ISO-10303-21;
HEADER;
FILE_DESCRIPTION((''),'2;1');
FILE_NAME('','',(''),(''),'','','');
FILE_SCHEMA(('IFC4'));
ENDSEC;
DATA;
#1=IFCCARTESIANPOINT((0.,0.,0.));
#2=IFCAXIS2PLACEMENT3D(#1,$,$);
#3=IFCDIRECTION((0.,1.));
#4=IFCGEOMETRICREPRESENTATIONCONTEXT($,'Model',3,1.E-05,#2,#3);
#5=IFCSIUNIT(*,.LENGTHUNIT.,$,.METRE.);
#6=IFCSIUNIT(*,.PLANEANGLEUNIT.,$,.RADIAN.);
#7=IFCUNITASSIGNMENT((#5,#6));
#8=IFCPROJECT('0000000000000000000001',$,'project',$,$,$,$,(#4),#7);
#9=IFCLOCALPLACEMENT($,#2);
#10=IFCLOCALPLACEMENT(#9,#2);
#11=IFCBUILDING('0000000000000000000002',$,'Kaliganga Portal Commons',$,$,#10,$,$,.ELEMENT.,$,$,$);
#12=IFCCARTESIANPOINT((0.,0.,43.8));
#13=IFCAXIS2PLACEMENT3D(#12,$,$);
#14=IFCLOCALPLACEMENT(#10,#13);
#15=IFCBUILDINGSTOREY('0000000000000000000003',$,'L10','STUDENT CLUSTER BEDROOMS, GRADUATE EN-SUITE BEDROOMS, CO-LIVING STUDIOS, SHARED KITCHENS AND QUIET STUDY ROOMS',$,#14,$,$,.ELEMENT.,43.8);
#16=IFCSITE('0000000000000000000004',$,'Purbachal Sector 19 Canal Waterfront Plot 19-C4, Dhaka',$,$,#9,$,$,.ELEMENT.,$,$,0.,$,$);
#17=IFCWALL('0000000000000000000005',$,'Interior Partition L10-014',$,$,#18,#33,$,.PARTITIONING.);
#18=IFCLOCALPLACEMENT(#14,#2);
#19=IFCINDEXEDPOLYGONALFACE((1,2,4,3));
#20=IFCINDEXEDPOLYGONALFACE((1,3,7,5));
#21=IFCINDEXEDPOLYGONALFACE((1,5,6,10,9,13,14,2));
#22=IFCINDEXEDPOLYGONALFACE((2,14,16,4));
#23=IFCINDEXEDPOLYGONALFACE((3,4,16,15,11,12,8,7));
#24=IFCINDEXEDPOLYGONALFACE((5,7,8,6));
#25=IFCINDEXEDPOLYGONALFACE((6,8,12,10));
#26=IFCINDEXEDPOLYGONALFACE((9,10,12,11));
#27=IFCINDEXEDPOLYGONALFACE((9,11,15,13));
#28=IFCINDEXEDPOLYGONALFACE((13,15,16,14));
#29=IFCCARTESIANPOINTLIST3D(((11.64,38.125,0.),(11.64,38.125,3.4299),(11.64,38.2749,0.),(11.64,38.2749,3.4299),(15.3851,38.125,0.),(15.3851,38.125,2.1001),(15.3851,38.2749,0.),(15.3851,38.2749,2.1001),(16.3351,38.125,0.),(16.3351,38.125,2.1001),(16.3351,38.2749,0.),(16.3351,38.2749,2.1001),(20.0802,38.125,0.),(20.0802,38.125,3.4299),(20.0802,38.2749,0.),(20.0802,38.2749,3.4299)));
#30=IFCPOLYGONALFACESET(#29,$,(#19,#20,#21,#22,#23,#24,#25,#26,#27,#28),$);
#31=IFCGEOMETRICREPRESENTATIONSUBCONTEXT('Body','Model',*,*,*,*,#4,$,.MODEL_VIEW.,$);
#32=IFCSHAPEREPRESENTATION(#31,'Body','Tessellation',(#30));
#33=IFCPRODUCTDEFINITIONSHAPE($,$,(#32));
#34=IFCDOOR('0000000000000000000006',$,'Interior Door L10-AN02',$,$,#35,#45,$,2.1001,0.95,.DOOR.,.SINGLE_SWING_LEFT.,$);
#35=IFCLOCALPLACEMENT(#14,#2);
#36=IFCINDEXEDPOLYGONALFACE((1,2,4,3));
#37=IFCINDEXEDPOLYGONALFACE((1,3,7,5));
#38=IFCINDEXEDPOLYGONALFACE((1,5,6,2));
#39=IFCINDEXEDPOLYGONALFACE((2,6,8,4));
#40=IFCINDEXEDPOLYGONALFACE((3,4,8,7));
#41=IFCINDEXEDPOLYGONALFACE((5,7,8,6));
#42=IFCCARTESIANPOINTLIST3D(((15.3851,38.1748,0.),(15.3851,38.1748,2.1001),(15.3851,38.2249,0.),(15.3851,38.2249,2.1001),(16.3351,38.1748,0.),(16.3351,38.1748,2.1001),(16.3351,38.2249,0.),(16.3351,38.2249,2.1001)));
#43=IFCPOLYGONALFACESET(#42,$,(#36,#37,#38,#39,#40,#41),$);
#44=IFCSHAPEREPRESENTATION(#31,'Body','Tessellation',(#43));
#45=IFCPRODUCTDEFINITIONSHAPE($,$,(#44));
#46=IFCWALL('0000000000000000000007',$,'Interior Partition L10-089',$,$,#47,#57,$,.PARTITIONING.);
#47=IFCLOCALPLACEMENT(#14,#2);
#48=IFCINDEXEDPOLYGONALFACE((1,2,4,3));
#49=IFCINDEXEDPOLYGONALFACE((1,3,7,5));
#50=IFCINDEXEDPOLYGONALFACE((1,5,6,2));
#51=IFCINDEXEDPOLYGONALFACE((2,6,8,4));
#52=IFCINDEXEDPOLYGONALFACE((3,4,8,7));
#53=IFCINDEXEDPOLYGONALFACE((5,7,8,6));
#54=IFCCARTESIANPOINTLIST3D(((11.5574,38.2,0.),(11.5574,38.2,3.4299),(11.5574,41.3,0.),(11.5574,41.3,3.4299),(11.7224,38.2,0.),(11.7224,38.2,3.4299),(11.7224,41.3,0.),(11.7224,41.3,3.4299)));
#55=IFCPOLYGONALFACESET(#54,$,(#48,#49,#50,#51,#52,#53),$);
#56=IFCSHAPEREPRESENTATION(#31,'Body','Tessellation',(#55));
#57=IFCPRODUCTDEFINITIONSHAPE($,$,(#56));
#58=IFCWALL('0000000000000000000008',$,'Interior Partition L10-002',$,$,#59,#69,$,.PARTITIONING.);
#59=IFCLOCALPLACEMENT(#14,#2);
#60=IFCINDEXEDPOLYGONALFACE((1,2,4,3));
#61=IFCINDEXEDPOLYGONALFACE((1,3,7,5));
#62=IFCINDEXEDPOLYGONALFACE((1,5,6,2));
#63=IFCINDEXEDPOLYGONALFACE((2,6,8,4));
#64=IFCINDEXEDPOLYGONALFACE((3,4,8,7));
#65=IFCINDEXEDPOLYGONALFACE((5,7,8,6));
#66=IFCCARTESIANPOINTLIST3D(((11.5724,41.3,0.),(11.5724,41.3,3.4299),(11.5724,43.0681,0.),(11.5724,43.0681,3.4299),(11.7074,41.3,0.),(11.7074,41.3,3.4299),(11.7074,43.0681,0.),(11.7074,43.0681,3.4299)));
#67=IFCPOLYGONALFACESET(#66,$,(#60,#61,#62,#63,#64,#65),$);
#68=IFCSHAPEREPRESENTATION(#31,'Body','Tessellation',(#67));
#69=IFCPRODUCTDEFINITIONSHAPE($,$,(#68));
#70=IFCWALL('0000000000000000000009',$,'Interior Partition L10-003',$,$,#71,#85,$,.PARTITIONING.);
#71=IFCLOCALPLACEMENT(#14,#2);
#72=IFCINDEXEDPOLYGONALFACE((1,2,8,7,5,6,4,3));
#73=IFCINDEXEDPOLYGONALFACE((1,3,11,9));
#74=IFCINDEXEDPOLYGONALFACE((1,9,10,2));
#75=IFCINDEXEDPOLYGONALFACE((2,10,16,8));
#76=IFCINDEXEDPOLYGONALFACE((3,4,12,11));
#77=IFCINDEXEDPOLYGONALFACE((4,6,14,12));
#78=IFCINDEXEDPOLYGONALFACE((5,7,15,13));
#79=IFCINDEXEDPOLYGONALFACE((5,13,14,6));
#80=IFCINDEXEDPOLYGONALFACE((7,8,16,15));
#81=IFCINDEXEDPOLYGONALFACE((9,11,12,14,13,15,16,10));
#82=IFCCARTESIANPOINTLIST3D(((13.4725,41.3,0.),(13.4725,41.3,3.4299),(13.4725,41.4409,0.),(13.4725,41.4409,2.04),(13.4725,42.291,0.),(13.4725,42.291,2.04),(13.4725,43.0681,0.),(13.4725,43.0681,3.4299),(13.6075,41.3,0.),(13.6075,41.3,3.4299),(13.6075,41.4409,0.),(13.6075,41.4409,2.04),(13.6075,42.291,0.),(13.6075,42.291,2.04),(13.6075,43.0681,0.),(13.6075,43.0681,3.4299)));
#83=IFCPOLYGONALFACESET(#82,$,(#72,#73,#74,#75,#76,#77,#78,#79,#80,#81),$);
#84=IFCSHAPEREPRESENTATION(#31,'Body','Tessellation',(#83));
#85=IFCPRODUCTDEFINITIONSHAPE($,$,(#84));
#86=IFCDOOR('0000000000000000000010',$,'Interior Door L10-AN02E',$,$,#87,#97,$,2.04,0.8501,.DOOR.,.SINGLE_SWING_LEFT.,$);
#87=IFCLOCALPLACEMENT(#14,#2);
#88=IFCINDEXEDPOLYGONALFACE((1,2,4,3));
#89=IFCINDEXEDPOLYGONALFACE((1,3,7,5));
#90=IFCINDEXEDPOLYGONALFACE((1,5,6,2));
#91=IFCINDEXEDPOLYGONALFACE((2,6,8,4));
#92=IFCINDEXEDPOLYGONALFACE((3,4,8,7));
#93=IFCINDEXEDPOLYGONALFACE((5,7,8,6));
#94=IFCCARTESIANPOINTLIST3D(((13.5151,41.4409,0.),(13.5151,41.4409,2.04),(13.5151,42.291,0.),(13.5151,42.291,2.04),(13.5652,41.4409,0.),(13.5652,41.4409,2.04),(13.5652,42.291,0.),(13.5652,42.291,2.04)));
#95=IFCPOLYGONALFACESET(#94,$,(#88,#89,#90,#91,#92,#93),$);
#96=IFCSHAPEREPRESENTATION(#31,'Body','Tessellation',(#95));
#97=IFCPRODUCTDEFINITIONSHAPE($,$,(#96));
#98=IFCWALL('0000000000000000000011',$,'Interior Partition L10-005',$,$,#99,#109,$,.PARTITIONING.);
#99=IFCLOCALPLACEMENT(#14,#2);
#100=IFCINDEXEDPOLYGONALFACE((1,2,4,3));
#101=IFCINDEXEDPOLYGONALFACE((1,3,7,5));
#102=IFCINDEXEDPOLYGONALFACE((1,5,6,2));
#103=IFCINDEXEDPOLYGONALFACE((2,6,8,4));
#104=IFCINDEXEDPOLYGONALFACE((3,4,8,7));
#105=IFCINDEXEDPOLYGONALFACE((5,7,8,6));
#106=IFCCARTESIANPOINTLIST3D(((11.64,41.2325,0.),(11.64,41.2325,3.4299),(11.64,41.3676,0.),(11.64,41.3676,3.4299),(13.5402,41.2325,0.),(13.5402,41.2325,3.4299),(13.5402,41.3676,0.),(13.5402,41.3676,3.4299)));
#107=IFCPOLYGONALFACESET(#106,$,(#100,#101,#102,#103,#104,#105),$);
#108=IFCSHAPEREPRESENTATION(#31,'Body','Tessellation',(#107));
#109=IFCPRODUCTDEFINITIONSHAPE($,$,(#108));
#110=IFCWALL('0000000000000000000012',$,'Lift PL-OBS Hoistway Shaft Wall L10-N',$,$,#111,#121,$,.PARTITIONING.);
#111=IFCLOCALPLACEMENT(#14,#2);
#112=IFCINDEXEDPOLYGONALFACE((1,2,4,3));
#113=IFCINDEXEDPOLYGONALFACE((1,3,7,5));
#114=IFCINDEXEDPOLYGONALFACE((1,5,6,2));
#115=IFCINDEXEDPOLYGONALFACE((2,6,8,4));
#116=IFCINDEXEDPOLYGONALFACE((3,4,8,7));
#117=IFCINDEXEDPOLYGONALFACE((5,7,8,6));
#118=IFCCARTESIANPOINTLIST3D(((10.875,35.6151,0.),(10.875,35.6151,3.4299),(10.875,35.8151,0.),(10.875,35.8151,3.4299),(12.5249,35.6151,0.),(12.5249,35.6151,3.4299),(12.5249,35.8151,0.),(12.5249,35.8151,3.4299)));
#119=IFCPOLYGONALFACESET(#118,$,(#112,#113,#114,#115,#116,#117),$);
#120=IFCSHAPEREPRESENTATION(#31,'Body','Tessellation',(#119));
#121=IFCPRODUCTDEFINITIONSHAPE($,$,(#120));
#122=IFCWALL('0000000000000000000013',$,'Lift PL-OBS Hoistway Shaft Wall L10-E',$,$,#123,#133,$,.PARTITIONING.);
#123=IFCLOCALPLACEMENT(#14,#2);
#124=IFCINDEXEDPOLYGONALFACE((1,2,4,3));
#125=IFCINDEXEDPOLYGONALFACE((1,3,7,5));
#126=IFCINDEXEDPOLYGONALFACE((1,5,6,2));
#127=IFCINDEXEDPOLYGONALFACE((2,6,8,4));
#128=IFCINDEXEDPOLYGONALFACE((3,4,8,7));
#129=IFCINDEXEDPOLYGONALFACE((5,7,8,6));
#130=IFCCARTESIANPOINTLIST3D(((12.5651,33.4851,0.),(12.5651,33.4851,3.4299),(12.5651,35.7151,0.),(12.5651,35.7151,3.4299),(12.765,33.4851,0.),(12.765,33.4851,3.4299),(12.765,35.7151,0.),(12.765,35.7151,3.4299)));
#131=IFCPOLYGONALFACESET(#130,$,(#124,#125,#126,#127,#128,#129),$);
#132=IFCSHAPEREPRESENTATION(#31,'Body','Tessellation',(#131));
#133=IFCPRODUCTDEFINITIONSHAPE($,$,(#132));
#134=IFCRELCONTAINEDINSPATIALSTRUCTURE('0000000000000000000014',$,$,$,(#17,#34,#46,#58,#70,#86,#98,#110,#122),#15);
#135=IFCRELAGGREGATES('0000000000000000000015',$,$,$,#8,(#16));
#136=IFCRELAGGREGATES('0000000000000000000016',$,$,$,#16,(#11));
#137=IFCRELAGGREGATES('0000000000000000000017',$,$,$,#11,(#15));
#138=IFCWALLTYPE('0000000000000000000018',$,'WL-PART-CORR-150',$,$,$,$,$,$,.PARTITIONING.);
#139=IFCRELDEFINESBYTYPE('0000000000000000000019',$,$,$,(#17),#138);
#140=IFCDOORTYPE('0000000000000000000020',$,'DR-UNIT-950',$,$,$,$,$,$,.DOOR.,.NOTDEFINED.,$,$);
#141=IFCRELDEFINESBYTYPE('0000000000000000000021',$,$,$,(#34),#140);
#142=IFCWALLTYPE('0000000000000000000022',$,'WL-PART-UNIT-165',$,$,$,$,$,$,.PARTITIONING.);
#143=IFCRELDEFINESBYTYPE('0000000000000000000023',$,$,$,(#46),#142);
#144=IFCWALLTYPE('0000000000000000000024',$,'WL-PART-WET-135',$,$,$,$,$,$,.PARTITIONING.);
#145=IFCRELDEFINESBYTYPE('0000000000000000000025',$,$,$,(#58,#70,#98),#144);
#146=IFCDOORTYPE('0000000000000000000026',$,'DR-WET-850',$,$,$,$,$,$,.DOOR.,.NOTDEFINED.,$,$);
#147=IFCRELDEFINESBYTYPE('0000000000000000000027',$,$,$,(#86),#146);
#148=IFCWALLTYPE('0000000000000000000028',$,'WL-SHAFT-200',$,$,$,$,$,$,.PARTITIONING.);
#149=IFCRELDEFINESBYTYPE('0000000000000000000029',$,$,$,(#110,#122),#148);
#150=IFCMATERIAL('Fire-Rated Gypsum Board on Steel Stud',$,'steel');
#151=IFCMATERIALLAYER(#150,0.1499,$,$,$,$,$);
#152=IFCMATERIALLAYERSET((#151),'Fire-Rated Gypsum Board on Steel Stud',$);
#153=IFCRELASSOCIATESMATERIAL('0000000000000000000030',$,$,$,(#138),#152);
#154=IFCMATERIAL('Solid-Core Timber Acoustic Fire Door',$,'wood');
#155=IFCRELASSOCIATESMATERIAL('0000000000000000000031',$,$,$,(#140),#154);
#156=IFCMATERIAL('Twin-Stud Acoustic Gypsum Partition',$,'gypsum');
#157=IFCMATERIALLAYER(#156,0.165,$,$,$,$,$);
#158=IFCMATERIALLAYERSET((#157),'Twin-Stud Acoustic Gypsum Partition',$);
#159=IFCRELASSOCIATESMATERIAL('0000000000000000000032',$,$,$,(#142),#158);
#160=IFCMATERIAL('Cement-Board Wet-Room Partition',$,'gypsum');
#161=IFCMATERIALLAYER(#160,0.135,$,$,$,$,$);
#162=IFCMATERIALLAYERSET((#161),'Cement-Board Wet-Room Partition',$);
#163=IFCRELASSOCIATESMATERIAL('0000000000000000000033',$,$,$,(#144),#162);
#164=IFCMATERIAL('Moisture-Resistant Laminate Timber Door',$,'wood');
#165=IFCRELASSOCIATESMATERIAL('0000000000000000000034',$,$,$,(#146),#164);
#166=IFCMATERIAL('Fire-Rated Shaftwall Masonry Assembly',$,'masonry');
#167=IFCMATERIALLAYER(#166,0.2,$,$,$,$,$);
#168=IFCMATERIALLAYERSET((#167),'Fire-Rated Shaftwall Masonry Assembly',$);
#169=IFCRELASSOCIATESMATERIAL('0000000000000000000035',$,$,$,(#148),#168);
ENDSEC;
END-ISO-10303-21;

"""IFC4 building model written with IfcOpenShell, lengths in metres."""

from ifc_helpers import new_model, si_unit, direction, frame, frame_2d, origin, place, context, subcontext, project, spatial, rectangle, extrude, material, layer, layer_set, type_object, element, fill, save


model = new_model("IFC4")

# Units and contexts
model_context = context("Model", 3, precision=1e-05, world=origin(), true_north=direction((0.0, 1.0)))
body_context = subcontext(model_context, "Body", "Model", "MODEL_VIEW")
ifc_project = project(units=[si_unit("LENGTHUNIT", "METRE"), si_unit("PLANEANGLEUNIT", "RADIAN")], contexts=[model_context])

# Site, building, storey
site_placement = place(None, origin())
site = spatial("IfcSite", under=ifc_project, at=site_placement, Name="Purbachal Sector 19 Canal Waterfront Plot 19-C4, Dhaka", CompositionType="ELEMENT", RefElevation=0.0)
building_placement = place(site_placement, origin())
building = spatial("IfcBuilding", under=site, at=building_placement, Name="Kaliganga Portal Commons", CompositionType="ELEMENT")
storey_placement = place(building_placement, frame((0.0, 0.0, 43.8)))
storey = spatial("IfcBuildingStorey", under=building, at=storey_placement, Name="L10", Description="STUDENT CLUSTER BEDROOMS, GRADUATE EN-SUITE BEDROOMS, CO-LIVING STUDIOS, SHARED KITCHENS AND QUIET STUDY ROOMS", CompositionType="ELEMENT", Elevation=43.8)

# Wall, opening, door
ifc_material_1 = material(Name="Fire-Rated Gypsum Board on Steel Stud", Category="steel")
ifc_layer_1 = layer(ifc_material_1, 0.1499)
ifc_layer_set_1 = layer_set([ifc_layer_1], Name="Fire-Rated Gypsum Board on Steel Stud")
wall_type_1 = type_object("IfcWallType", Name="WL-PART-CORR-150", PredefinedType="PARTITIONING", material=ifc_layer_set_1)
wall_1_placement = place(storey_placement, frame((11.6399, 38.2, 0.0), z_axis=(0.0, 0.0, 1.0), x_axis=(1.0, 0.0, 0.0)))
wall_1 = element("IfcWall", 1, at=wall_1_placement, inside=storey, type_object=wall_type_1, Name="Interior Partition L10-014", PredefinedType="PARTITIONING", context=body_context, shape_type="SweptSolid", body=[
    extrude(rectangle(XDim=8.4402, YDim=0.1499, at=frame_2d((4.2202, 0.0))), origin(), (0.0, 0.0, 1.0), 3.4299),
])
opening_1_placement = place(wall_1_placement, frame((3.7451, 0.0, 0.0)))
opening_1 = element("IfcOpeningElement", 2, at=opening_1_placement, cuts=wall_1, PredefinedType="OPENING", context=body_context, shape_type="SweptSolid", body=[
    extrude(rectangle(XDim=0.95, YDim=2.1001, at=frame_2d((0.4751, 1.05))), frame((0.0, 0.085, 0.0), z_axis=(0.0, -1.0, 0.0), x_axis=(1.0, 0.0, 0.0)), (0.0, 0.0, 1.0), 0.1699),
])
ifc_material_2 = material(Name="Solid-Core Timber Acoustic Fire Door", Category="wood")
door_type_1 = type_object("IfcDoorType", Name="DR-UNIT-950", OperationType="NOTDEFINED", PredefinedType="DOOR", material=ifc_material_2)
door_1_placement = place(opening_1_placement, origin())
door_1 = element("IfcDoor", 3, at=door_1_placement, inside=storey, type_object=door_type_1, Name="Interior Door L10-AN02", OperationType="SINGLE_SWING_LEFT", OverallHeight=2.1001, OverallWidth=0.95, PredefinedType="DOOR", context=body_context, shape_type="SweptSolid", body=[
    extrude(rectangle(XDim=0.95, YDim=2.1001, at=frame_2d((0.4751, 1.05))), frame((0.0, 0.0249, 0.0), z_axis=(0.0, -1.0, 0.0), x_axis=(1.0, 0.0, 0.0)), (0.0, 0.0, 1.0), 0.05),
])
fill(opening_1, door_1)

# Walls
ifc_material_3 = material(Name="Twin-Stud Acoustic Gypsum Partition", Category="gypsum")
ifc_layer_2 = layer(ifc_material_3, 0.165)
ifc_layer_set_2 = layer_set([ifc_layer_2], Name="Twin-Stud Acoustic Gypsum Partition")
wall_type_2 = type_object("IfcWallType", Name="WL-PART-UNIT-165", PredefinedType="PARTITIONING", material=ifc_layer_set_2)
wall_2_placement = place(storey_placement, frame((11.6399, 38.2, 0.0), z_axis=(0.0, 0.0, 1.0), x_axis=(0.0, 1.0, 0.0)))
element("IfcWall", 4, at=wall_2_placement, inside=storey, type_object=wall_type_2, Name="Interior Partition L10-089", PredefinedType="PARTITIONING", context=body_context, shape_type="SweptSolid", body=[
    extrude(rectangle(XDim=3.1001, YDim=0.165, at=frame_2d((1.55, 0.0))), origin(), (0.0, 0.0, 1.0), 3.4299),
])
ifc_material_4 = material(Name="Cement-Board Wet-Room Partition", Category="gypsum")
ifc_layer_3 = layer(ifc_material_4, 0.135)
ifc_layer_set_3 = layer_set([ifc_layer_3], Name="Cement-Board Wet-Room Partition")
wall_type_3 = type_object("IfcWallType", Name="WL-PART-WET-135", PredefinedType="PARTITIONING", material=ifc_layer_set_3)
wall_3_placement = place(storey_placement, frame((11.6399, 41.3, 0.0), z_axis=(0.0, 0.0, 1.0), x_axis=(0.0, 1.0, 0.0)))
element("IfcWall", 5, at=wall_3_placement, inside=storey, type_object=wall_type_3, Name="Interior Partition L10-002", PredefinedType="PARTITIONING", context=body_context, shape_type="SweptSolid", body=[
    extrude(rectangle(XDim=1.7681, YDim=0.135, at=frame_2d((0.884, 0.0))), origin(), (0.0, 0.0, 1.0), 3.4299),
])

# Wall, opening, door
wall_4_placement = place(storey_placement, frame((13.54, 41.3, 0.0), z_axis=(0.0, 0.0, 1.0), x_axis=(0.0, 1.0, 0.0)))
wall_4 = element("IfcWall", 6, at=wall_4_placement, inside=storey, type_object=wall_type_3, Name="Interior Partition L10-003", PredefinedType="PARTITIONING", context=body_context, shape_type="SweptSolid", body=[
    extrude(rectangle(XDim=1.7681, YDim=0.135, at=frame_2d((0.884, 0.0))), origin(), (0.0, 0.0, 1.0), 3.4299),
])
opening_2_placement = place(wall_4_placement, frame((0.1409, 0.0, 0.0)))
opening_2 = element("IfcOpeningElement", 7, at=opening_2_placement, cuts=wall_4, PredefinedType="OPENING", context=body_context, shape_type="SweptSolid", body=[
    extrude(rectangle(XDim=0.8501, YDim=2.04, at=frame_2d((0.425, 1.02))), frame((0.0, 0.0776, 0.0), z_axis=(0.0, -1.0, 0.0), x_axis=(1.0, 0.0, 0.0)), (0.0, 0.0, 1.0), 0.155),
])
ifc_material_5 = material(Name="Moisture-Resistant Laminate Timber Door", Category="wood")
door_type_2 = type_object("IfcDoorType", Name="DR-WET-850", OperationType="NOTDEFINED", PredefinedType="DOOR", material=ifc_material_5)
door_2_placement = place(opening_2_placement, origin())
door_2 = element("IfcDoor", 8, at=door_2_placement, inside=storey, type_object=door_type_2, Name="Interior Door L10-AN02E", OperationType="SINGLE_SWING_LEFT", OverallHeight=2.04, OverallWidth=0.8501, PredefinedType="DOOR", context=body_context, shape_type="SweptSolid", body=[
    extrude(rectangle(XDim=0.8501, YDim=2.04, at=frame_2d((0.425, 1.02))), frame((0.0, 0.0249, 0.0), z_axis=(0.0, -1.0, 0.0), x_axis=(1.0, 0.0, 0.0)), (0.0, 0.0, 1.0), 0.05),
])
fill(opening_2, door_2)

# Walls
wall_5_placement = place(storey_placement, frame((11.6399, 41.3, 0.0), z_axis=(0.0, 0.0, 1.0), x_axis=(1.0, 0.0, 0.0)))
element("IfcWall", 9, at=wall_5_placement, inside=storey, type_object=wall_type_3, Name="Interior Partition L10-005", PredefinedType="PARTITIONING", context=body_context, shape_type="SweptSolid", body=[
    extrude(rectangle(XDim=1.9001, YDim=0.135, at=frame_2d((0.9502, 0.0))), origin(), (0.0, 0.0, 1.0), 3.4299),
])
ifc_material_6 = material(Name="Fire-Rated Shaftwall Masonry Assembly", Category="masonry")
ifc_layer_4 = layer(ifc_material_6, 0.2)
ifc_layer_set_4 = layer_set([ifc_layer_4], Name="Fire-Rated Shaftwall Masonry Assembly")
wall_type_4 = type_object("IfcWallType", Name="WL-SHAFT-200", PredefinedType="PARTITIONING", material=ifc_layer_set_4)
wall_6_placement = place(storey_placement, frame((10.875, 35.7151, 0.0), z_axis=(0.0, 0.0, 1.0), x_axis=(1.0, 0.0, 0.0)))
element("IfcWall", 10, at=wall_6_placement, inside=storey, type_object=wall_type_4, Name="Lift PL-OBS Hoistway Shaft Wall L10-N", PredefinedType="PARTITIONING", context=body_context, shape_type="SweptSolid", body=[
    extrude(rectangle(XDim=1.6499, YDim=0.2, at=frame_2d((0.825, 0.0))), origin(), (0.0, 0.0, 1.0), 3.4299),
])
wall_7_placement = place(storey_placement, frame((12.665, 33.4851, 0.0), z_axis=(0.0, 0.0, 1.0), x_axis=(0.0, 1.0, 0.0)))
element("IfcWall", 11, at=wall_7_placement, inside=storey, type_object=wall_type_4, Name="Lift PL-OBS Hoistway Shaft Wall L10-E", PredefinedType="PARTITIONING", context=body_context, shape_type="SweptSolid", body=[
    extrude(rectangle(XDim=2.23, YDim=0.2, at=frame_2d((1.115, 0.0))), origin(), (0.0, 0.0, 1.0), 3.4299),
])

save(model, "model.ifc")
